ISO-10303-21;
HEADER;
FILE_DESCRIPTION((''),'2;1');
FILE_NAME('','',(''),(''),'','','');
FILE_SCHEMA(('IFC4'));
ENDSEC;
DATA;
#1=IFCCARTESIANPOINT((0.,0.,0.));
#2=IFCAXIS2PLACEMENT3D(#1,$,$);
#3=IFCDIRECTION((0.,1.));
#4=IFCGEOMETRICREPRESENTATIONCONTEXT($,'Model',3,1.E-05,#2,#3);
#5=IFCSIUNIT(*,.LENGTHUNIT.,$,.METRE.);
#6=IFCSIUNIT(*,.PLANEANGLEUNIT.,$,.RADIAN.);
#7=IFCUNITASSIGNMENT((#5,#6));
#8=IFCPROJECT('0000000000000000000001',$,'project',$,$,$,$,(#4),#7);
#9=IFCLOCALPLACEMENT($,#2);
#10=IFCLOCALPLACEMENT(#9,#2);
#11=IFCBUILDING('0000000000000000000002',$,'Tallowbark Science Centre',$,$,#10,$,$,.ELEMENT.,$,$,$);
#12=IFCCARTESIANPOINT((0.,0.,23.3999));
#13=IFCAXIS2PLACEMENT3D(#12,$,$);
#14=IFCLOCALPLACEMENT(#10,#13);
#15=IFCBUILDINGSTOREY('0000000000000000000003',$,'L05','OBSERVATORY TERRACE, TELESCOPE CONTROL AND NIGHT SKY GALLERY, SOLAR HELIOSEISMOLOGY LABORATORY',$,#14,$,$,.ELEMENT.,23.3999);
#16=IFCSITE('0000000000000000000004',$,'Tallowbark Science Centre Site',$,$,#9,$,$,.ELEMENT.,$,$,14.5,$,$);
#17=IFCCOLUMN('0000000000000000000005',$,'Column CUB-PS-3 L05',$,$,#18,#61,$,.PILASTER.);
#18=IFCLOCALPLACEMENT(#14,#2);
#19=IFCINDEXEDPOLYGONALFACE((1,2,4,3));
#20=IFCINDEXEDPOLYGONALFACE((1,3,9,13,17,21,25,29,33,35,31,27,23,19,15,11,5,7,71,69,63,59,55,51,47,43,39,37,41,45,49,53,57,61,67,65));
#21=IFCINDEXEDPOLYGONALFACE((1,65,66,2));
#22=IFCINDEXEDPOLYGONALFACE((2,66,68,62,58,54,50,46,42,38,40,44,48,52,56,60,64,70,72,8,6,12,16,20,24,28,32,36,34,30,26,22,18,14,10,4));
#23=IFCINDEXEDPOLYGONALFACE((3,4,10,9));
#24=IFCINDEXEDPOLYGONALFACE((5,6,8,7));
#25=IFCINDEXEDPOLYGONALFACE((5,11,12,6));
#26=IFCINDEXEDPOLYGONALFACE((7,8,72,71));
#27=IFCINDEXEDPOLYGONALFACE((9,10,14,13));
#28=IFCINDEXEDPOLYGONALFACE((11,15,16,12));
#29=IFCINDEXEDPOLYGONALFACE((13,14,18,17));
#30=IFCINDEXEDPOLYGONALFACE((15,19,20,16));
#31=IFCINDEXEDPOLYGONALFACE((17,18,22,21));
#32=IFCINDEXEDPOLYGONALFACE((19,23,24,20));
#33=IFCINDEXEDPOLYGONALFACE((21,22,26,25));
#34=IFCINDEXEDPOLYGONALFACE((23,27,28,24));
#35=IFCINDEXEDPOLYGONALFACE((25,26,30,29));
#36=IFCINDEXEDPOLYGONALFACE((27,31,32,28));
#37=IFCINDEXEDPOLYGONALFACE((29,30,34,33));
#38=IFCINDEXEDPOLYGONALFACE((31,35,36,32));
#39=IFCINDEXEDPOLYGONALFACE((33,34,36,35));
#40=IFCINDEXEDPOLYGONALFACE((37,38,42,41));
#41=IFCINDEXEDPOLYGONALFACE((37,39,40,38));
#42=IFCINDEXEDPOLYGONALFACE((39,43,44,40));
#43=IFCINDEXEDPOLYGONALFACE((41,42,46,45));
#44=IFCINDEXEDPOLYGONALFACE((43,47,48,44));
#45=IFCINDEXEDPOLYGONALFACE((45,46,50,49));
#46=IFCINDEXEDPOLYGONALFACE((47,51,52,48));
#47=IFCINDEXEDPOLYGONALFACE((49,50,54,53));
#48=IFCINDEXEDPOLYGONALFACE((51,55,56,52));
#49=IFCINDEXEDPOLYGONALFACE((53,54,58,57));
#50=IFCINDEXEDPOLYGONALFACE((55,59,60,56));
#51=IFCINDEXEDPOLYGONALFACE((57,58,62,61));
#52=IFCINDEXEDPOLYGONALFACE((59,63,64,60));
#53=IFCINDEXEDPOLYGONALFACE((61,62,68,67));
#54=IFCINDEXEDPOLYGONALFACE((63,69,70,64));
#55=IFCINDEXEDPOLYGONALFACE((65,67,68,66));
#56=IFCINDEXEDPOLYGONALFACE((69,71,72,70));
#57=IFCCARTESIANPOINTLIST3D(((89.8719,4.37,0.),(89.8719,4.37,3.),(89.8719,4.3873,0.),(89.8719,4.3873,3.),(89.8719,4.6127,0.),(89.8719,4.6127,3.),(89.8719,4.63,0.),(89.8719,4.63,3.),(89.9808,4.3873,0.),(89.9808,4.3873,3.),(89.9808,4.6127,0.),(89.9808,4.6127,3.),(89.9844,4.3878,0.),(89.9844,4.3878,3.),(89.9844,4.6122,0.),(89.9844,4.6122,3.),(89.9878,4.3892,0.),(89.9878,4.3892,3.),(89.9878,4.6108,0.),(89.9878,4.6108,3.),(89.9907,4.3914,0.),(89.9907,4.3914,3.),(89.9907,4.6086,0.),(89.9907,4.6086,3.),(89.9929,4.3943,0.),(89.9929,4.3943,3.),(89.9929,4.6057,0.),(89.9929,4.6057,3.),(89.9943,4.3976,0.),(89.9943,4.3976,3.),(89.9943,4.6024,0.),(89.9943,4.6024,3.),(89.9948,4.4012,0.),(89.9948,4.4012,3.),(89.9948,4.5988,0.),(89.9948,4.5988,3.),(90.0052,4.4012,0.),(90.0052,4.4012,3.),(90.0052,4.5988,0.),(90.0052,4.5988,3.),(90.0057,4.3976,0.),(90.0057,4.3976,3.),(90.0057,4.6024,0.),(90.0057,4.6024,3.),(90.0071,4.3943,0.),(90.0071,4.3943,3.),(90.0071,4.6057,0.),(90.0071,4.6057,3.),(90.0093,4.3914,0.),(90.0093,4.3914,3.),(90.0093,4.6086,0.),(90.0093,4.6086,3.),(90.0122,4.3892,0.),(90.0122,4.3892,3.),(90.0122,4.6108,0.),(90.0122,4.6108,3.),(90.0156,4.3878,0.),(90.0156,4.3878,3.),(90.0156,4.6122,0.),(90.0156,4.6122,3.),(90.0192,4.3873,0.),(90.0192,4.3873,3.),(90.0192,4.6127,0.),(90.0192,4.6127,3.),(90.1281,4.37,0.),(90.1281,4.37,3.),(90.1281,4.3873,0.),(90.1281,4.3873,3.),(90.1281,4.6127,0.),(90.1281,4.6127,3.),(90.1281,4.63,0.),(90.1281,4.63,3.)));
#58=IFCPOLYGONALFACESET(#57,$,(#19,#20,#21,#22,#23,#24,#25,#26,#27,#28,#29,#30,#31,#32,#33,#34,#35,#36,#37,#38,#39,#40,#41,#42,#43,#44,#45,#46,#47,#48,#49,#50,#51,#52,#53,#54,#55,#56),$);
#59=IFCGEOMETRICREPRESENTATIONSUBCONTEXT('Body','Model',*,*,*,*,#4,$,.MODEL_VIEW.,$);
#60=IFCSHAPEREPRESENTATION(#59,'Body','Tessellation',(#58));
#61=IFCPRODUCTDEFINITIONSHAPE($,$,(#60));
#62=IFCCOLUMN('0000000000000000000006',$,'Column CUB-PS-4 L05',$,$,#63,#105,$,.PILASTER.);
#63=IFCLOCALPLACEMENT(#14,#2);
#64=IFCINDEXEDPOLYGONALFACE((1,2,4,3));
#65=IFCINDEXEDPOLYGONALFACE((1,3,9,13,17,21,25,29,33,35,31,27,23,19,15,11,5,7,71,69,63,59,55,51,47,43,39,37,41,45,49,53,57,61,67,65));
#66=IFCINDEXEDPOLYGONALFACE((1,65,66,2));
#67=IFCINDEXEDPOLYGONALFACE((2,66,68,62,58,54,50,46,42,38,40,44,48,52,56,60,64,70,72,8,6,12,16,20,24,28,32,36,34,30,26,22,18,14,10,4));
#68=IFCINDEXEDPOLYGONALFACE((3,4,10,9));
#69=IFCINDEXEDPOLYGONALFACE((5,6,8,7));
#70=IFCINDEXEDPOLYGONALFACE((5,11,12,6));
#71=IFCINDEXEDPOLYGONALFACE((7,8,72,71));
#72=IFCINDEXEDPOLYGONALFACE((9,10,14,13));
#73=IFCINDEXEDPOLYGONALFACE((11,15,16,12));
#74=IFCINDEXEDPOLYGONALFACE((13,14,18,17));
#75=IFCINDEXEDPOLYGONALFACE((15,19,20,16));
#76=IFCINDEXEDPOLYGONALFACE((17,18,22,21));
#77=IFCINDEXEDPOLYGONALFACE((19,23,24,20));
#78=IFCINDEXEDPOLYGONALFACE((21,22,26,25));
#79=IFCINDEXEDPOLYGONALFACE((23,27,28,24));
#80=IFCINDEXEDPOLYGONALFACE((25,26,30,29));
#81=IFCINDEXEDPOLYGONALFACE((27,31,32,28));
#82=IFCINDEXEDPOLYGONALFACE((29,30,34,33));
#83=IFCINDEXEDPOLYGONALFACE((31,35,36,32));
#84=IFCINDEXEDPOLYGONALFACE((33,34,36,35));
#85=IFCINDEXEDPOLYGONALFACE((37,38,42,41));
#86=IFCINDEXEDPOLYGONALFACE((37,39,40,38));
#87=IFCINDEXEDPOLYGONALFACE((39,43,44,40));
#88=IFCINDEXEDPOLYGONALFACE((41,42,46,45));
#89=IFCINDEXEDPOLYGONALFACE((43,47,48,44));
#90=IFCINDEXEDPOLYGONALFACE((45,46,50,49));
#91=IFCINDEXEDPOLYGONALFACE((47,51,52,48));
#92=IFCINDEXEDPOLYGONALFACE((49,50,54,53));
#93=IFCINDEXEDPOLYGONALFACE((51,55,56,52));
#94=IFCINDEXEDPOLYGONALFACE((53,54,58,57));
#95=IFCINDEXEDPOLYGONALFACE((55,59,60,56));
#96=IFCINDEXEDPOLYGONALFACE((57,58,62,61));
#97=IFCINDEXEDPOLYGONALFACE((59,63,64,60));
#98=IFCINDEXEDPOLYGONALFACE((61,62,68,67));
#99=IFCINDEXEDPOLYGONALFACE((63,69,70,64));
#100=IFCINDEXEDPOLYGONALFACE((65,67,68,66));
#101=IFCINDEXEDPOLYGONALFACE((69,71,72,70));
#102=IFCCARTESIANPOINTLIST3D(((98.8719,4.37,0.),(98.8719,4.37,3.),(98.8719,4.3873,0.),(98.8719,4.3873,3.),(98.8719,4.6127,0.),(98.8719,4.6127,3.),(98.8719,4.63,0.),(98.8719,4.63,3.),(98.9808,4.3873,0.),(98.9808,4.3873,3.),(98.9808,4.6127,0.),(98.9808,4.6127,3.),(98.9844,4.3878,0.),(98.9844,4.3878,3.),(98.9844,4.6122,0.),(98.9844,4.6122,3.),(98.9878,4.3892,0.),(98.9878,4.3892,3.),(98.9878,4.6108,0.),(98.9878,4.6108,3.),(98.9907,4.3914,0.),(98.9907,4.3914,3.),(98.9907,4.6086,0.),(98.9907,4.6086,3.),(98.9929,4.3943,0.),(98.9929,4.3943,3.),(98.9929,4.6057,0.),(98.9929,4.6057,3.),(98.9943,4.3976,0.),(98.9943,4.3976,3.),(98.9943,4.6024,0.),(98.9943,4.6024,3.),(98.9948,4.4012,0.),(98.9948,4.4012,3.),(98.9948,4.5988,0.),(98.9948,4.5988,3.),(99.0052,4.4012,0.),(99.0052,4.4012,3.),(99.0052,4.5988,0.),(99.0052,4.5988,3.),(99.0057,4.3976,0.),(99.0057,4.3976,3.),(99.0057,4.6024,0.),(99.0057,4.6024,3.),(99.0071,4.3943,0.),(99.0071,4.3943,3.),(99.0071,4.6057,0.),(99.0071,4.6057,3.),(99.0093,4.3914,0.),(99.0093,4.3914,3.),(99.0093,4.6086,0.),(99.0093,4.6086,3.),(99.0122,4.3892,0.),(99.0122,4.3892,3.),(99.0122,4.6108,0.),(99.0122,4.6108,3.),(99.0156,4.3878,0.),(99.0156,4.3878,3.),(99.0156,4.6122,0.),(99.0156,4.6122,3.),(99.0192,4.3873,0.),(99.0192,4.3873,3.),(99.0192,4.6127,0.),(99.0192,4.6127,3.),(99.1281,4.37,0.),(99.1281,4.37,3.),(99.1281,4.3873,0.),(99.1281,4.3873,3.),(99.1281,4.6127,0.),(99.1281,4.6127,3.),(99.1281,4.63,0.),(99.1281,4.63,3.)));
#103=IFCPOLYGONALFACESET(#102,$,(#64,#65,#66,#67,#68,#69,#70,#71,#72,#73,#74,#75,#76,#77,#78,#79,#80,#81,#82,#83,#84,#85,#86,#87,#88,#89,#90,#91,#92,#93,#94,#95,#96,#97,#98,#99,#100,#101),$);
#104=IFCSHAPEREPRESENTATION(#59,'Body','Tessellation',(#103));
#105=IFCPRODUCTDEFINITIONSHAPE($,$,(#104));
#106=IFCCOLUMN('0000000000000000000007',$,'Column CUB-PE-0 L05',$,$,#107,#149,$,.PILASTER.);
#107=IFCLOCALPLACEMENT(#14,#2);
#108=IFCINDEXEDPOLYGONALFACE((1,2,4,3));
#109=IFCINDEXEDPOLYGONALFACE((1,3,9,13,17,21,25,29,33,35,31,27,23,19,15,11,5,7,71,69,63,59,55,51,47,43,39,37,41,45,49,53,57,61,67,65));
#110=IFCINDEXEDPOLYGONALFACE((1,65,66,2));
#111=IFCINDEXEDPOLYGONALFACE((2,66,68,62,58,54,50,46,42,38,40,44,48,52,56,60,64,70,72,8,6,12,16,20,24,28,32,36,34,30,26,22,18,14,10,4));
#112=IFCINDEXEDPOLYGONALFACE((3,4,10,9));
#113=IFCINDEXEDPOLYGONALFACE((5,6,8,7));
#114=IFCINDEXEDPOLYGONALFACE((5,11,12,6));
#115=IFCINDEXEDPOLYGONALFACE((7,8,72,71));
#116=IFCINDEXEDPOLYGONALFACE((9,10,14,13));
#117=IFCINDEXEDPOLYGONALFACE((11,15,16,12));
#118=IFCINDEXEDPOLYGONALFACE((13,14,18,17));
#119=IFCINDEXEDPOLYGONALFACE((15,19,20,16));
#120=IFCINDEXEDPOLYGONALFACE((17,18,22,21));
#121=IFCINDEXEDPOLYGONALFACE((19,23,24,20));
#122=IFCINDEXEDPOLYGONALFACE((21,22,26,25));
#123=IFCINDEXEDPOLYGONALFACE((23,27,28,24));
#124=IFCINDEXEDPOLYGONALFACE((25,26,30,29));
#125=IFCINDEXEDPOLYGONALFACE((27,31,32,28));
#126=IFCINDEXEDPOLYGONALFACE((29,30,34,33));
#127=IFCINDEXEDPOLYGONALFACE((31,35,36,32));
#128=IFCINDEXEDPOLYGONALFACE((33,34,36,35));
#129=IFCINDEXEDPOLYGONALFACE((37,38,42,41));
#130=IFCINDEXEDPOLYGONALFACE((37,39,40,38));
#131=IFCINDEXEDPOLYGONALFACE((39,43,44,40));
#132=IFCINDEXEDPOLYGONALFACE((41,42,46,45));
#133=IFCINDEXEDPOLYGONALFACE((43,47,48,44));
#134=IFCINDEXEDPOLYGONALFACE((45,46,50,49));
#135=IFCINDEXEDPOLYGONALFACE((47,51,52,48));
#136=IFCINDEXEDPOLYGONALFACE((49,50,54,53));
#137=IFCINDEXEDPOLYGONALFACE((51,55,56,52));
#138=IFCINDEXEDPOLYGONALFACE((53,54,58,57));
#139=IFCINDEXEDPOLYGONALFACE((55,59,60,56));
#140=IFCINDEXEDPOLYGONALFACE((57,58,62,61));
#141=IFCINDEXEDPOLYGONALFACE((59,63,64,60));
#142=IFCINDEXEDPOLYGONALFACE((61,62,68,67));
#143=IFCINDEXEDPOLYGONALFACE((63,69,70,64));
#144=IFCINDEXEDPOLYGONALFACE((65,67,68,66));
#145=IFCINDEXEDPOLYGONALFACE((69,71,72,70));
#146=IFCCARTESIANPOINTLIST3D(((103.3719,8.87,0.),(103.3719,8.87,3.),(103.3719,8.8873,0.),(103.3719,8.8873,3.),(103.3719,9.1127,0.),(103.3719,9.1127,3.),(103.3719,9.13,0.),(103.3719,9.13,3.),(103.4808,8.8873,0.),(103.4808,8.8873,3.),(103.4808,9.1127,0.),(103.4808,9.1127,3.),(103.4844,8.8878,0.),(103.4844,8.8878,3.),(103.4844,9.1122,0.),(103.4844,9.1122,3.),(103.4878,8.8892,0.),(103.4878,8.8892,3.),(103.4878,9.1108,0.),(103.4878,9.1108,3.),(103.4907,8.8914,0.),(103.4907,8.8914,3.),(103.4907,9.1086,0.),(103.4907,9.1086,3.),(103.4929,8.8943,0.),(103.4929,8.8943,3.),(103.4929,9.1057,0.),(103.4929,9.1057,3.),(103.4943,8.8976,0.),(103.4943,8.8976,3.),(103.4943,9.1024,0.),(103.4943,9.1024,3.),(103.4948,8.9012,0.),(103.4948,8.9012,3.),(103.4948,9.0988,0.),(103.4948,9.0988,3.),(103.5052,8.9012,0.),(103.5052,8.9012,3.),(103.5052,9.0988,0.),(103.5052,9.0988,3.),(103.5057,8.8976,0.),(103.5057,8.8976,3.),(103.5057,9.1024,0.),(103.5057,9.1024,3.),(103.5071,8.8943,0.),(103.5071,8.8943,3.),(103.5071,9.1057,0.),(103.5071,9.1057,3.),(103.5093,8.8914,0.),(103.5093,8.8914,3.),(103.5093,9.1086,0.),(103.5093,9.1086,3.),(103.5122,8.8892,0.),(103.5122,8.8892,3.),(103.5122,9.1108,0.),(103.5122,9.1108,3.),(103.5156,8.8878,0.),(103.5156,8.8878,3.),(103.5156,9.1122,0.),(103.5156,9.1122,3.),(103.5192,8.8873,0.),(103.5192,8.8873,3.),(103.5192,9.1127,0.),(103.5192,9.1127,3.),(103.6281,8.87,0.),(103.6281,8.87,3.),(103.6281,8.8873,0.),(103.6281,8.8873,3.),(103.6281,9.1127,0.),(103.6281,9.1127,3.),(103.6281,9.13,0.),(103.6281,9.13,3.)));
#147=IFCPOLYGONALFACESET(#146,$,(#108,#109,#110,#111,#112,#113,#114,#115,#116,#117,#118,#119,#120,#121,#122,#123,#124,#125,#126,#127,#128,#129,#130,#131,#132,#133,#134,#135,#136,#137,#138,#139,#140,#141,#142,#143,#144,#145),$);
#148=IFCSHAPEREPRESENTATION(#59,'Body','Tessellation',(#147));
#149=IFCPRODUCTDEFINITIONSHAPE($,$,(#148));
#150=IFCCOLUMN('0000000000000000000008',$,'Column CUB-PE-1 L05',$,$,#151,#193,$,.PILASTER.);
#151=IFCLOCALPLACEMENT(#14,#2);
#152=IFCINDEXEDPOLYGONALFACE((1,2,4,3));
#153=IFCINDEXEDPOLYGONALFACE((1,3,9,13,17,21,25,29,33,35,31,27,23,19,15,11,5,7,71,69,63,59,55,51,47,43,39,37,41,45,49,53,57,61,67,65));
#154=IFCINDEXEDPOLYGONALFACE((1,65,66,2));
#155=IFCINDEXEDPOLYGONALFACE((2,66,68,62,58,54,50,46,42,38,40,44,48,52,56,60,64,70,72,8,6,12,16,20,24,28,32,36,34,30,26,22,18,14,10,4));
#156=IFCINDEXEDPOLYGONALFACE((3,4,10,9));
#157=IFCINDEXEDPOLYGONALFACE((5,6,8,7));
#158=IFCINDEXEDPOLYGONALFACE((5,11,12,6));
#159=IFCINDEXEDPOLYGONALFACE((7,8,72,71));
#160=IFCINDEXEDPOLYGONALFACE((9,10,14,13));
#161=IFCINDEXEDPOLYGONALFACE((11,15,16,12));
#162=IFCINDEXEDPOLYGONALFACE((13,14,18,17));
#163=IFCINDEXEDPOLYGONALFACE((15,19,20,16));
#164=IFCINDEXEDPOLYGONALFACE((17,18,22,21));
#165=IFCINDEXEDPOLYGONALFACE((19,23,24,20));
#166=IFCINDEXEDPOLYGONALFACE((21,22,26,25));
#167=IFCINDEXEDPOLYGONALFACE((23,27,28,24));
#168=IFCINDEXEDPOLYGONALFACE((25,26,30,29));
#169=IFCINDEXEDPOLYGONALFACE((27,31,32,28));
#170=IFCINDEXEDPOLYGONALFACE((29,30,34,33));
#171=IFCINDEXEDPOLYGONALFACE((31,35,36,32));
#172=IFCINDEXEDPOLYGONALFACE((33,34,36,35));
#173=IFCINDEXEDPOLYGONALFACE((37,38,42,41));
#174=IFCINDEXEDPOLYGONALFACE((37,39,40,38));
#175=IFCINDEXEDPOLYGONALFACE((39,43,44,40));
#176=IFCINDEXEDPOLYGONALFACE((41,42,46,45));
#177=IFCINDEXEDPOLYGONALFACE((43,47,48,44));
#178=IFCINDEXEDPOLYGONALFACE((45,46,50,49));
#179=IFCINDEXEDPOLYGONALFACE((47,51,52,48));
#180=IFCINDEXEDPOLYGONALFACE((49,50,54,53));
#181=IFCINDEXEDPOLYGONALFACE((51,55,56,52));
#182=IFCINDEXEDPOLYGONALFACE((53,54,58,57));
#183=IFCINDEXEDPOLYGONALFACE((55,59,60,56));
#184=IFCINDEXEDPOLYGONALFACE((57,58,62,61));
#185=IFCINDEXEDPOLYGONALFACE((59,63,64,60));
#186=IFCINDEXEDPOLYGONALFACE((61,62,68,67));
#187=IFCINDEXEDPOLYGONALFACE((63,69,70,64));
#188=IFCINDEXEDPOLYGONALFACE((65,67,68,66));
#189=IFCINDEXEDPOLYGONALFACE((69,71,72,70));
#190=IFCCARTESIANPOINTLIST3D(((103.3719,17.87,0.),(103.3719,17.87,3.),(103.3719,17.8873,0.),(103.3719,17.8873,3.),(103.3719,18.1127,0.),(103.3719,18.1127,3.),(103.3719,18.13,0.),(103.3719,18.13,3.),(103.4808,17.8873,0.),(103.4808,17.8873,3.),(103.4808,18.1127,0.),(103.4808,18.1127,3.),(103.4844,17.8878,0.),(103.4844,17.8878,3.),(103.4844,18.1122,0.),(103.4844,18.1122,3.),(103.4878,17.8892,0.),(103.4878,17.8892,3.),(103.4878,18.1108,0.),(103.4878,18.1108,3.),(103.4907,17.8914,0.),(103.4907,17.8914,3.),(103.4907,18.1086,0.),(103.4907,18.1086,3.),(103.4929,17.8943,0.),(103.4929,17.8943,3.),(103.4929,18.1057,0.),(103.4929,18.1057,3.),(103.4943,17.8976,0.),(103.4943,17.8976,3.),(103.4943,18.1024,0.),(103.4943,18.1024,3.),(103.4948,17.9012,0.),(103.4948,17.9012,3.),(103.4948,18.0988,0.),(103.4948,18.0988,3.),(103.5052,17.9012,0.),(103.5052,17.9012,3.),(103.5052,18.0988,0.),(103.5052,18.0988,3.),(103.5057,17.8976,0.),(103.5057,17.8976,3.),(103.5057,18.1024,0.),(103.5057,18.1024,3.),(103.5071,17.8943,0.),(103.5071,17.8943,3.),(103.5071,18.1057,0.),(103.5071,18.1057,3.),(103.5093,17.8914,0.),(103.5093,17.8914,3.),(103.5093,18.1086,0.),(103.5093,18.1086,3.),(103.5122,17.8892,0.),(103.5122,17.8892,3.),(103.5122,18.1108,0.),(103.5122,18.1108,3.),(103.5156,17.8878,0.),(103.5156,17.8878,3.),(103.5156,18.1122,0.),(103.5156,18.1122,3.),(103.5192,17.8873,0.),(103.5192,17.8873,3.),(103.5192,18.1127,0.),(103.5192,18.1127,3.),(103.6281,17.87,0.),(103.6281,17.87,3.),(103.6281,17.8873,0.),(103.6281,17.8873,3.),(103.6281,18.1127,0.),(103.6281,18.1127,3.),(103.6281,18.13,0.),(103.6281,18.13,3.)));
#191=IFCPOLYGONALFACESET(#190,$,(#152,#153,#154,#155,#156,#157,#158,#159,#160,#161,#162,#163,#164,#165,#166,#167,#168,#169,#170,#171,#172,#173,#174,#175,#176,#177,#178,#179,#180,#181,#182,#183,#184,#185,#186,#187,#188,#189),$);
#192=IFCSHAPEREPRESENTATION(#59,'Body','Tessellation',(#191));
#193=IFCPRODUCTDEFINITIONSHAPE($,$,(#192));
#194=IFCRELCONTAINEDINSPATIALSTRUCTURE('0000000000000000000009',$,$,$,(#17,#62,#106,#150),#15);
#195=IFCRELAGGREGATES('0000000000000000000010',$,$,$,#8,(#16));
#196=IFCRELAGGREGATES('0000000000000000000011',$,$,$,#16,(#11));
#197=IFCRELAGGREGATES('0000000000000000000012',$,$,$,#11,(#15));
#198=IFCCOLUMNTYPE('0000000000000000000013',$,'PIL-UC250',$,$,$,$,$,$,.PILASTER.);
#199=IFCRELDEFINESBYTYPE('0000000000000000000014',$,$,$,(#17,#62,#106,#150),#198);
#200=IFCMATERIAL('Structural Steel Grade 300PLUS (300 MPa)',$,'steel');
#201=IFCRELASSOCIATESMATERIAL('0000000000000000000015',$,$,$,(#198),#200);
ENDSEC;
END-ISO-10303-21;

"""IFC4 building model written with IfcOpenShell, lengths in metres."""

from ifc_helpers import new_model, si_unit, direction, frame, origin, origin_2d, place, context, subcontext, project, spatial, i_section, extrude, material, material_profile, profile_set, type_object, element, save


model = new_model("IFC4")

# Units and contexts
model_context = context("Model", 3, precision=1e-05, world=origin(), true_north=direction((0.0, 1.0)))
body_context = subcontext(model_context, "Body", "Model", "MODEL_VIEW")
ifc_project = project(units=[si_unit("LENGTHUNIT", "METRE"), si_unit("PLANEANGLEUNIT", "RADIAN")], contexts=[model_context])

# Site, building, storey
site_placement = place(None, origin())
site = spatial("IfcSite", under=ifc_project, at=site_placement, Name="Tallowbark Science Centre Site", CompositionType="ELEMENT", RefElevation=14.5)
building_placement = place(site_placement, origin())
building = spatial("IfcBuilding", under=site, at=building_placement, Name="Tallowbark Science Centre", CompositionType="ELEMENT")
storey_placement = place(building_placement, frame((0.0, 0.0, 23.3999)))
storey = spatial("IfcBuildingStorey", under=building, at=storey_placement, Name="L05", Description="OBSERVATORY TERRACE, TELESCOPE CONTROL AND NIGHT SKY GALLERY, SOLAR HELIOSEISMOLOGY LABORATORY", CompositionType="ELEMENT", Elevation=23.3999)

# Columns
ifc_material_1 = material(Name="Structural Steel Grade 300PLUS (300 MPa)", Category="steel")
ifc_material_profile_1 = material_profile(ifc_material_1, i_section(OverallWidth=0.2561, OverallDepth=0.26, WebThickness=0.0105, FlangeThickness=0.0173, FilletRadius=0.0139, at=origin_2d()), Name="250UC89.5")
ifc_profile_set_1 = profile_set([ifc_material_profile_1], Name="Structural Steel Grade 300PLUS (300 MPa)")
column_type_1 = type_object("IfcColumnType", Name="PIL-UC250", PredefinedType="PILASTER", material=ifc_profile_set_1)
for number, where, z_axis, x_axis, name in (
    (1, (90.0, 4.5, 0.0), (0.0, 0.0, 1.0), (1.0, 0.0, 0.0), "Column CUB-PS-3 L05"),
    (2, (99.0, 4.5, 0.0), (0.0, 0.0, 1.0), (1.0, 0.0, 0.0), "Column CUB-PS-4 L05"),
    (3, (103.5, 9.0, 0.0), (0.0, 0.0, 1.0), (1.0, 0.0, 0.0), "Column CUB-PE-0 L05"),
    (4, (103.5, 18.0, 0.0), (0.0, 0.0, 1.0), (1.0, 0.0, 0.0), "Column CUB-PE-1 L05"),
):
    element("IfcColumn", number, at=place(storey_placement, frame(where, z_axis=z_axis, x_axis=x_axis)), inside=storey, type_object=column_type_1, Name=name, PredefinedType="PILASTER", context=body_context, shape_type="SweptSolid", body=[
        extrude(i_section(OverallWidth=0.2561, OverallDepth=0.26, WebThickness=0.0105, FlangeThickness=0.0173, FilletRadius=0.0139, at=origin_2d()), origin(), (0.0, 0.0, 1.0), 3.0),
    ])

save(model, "model.ifc")
